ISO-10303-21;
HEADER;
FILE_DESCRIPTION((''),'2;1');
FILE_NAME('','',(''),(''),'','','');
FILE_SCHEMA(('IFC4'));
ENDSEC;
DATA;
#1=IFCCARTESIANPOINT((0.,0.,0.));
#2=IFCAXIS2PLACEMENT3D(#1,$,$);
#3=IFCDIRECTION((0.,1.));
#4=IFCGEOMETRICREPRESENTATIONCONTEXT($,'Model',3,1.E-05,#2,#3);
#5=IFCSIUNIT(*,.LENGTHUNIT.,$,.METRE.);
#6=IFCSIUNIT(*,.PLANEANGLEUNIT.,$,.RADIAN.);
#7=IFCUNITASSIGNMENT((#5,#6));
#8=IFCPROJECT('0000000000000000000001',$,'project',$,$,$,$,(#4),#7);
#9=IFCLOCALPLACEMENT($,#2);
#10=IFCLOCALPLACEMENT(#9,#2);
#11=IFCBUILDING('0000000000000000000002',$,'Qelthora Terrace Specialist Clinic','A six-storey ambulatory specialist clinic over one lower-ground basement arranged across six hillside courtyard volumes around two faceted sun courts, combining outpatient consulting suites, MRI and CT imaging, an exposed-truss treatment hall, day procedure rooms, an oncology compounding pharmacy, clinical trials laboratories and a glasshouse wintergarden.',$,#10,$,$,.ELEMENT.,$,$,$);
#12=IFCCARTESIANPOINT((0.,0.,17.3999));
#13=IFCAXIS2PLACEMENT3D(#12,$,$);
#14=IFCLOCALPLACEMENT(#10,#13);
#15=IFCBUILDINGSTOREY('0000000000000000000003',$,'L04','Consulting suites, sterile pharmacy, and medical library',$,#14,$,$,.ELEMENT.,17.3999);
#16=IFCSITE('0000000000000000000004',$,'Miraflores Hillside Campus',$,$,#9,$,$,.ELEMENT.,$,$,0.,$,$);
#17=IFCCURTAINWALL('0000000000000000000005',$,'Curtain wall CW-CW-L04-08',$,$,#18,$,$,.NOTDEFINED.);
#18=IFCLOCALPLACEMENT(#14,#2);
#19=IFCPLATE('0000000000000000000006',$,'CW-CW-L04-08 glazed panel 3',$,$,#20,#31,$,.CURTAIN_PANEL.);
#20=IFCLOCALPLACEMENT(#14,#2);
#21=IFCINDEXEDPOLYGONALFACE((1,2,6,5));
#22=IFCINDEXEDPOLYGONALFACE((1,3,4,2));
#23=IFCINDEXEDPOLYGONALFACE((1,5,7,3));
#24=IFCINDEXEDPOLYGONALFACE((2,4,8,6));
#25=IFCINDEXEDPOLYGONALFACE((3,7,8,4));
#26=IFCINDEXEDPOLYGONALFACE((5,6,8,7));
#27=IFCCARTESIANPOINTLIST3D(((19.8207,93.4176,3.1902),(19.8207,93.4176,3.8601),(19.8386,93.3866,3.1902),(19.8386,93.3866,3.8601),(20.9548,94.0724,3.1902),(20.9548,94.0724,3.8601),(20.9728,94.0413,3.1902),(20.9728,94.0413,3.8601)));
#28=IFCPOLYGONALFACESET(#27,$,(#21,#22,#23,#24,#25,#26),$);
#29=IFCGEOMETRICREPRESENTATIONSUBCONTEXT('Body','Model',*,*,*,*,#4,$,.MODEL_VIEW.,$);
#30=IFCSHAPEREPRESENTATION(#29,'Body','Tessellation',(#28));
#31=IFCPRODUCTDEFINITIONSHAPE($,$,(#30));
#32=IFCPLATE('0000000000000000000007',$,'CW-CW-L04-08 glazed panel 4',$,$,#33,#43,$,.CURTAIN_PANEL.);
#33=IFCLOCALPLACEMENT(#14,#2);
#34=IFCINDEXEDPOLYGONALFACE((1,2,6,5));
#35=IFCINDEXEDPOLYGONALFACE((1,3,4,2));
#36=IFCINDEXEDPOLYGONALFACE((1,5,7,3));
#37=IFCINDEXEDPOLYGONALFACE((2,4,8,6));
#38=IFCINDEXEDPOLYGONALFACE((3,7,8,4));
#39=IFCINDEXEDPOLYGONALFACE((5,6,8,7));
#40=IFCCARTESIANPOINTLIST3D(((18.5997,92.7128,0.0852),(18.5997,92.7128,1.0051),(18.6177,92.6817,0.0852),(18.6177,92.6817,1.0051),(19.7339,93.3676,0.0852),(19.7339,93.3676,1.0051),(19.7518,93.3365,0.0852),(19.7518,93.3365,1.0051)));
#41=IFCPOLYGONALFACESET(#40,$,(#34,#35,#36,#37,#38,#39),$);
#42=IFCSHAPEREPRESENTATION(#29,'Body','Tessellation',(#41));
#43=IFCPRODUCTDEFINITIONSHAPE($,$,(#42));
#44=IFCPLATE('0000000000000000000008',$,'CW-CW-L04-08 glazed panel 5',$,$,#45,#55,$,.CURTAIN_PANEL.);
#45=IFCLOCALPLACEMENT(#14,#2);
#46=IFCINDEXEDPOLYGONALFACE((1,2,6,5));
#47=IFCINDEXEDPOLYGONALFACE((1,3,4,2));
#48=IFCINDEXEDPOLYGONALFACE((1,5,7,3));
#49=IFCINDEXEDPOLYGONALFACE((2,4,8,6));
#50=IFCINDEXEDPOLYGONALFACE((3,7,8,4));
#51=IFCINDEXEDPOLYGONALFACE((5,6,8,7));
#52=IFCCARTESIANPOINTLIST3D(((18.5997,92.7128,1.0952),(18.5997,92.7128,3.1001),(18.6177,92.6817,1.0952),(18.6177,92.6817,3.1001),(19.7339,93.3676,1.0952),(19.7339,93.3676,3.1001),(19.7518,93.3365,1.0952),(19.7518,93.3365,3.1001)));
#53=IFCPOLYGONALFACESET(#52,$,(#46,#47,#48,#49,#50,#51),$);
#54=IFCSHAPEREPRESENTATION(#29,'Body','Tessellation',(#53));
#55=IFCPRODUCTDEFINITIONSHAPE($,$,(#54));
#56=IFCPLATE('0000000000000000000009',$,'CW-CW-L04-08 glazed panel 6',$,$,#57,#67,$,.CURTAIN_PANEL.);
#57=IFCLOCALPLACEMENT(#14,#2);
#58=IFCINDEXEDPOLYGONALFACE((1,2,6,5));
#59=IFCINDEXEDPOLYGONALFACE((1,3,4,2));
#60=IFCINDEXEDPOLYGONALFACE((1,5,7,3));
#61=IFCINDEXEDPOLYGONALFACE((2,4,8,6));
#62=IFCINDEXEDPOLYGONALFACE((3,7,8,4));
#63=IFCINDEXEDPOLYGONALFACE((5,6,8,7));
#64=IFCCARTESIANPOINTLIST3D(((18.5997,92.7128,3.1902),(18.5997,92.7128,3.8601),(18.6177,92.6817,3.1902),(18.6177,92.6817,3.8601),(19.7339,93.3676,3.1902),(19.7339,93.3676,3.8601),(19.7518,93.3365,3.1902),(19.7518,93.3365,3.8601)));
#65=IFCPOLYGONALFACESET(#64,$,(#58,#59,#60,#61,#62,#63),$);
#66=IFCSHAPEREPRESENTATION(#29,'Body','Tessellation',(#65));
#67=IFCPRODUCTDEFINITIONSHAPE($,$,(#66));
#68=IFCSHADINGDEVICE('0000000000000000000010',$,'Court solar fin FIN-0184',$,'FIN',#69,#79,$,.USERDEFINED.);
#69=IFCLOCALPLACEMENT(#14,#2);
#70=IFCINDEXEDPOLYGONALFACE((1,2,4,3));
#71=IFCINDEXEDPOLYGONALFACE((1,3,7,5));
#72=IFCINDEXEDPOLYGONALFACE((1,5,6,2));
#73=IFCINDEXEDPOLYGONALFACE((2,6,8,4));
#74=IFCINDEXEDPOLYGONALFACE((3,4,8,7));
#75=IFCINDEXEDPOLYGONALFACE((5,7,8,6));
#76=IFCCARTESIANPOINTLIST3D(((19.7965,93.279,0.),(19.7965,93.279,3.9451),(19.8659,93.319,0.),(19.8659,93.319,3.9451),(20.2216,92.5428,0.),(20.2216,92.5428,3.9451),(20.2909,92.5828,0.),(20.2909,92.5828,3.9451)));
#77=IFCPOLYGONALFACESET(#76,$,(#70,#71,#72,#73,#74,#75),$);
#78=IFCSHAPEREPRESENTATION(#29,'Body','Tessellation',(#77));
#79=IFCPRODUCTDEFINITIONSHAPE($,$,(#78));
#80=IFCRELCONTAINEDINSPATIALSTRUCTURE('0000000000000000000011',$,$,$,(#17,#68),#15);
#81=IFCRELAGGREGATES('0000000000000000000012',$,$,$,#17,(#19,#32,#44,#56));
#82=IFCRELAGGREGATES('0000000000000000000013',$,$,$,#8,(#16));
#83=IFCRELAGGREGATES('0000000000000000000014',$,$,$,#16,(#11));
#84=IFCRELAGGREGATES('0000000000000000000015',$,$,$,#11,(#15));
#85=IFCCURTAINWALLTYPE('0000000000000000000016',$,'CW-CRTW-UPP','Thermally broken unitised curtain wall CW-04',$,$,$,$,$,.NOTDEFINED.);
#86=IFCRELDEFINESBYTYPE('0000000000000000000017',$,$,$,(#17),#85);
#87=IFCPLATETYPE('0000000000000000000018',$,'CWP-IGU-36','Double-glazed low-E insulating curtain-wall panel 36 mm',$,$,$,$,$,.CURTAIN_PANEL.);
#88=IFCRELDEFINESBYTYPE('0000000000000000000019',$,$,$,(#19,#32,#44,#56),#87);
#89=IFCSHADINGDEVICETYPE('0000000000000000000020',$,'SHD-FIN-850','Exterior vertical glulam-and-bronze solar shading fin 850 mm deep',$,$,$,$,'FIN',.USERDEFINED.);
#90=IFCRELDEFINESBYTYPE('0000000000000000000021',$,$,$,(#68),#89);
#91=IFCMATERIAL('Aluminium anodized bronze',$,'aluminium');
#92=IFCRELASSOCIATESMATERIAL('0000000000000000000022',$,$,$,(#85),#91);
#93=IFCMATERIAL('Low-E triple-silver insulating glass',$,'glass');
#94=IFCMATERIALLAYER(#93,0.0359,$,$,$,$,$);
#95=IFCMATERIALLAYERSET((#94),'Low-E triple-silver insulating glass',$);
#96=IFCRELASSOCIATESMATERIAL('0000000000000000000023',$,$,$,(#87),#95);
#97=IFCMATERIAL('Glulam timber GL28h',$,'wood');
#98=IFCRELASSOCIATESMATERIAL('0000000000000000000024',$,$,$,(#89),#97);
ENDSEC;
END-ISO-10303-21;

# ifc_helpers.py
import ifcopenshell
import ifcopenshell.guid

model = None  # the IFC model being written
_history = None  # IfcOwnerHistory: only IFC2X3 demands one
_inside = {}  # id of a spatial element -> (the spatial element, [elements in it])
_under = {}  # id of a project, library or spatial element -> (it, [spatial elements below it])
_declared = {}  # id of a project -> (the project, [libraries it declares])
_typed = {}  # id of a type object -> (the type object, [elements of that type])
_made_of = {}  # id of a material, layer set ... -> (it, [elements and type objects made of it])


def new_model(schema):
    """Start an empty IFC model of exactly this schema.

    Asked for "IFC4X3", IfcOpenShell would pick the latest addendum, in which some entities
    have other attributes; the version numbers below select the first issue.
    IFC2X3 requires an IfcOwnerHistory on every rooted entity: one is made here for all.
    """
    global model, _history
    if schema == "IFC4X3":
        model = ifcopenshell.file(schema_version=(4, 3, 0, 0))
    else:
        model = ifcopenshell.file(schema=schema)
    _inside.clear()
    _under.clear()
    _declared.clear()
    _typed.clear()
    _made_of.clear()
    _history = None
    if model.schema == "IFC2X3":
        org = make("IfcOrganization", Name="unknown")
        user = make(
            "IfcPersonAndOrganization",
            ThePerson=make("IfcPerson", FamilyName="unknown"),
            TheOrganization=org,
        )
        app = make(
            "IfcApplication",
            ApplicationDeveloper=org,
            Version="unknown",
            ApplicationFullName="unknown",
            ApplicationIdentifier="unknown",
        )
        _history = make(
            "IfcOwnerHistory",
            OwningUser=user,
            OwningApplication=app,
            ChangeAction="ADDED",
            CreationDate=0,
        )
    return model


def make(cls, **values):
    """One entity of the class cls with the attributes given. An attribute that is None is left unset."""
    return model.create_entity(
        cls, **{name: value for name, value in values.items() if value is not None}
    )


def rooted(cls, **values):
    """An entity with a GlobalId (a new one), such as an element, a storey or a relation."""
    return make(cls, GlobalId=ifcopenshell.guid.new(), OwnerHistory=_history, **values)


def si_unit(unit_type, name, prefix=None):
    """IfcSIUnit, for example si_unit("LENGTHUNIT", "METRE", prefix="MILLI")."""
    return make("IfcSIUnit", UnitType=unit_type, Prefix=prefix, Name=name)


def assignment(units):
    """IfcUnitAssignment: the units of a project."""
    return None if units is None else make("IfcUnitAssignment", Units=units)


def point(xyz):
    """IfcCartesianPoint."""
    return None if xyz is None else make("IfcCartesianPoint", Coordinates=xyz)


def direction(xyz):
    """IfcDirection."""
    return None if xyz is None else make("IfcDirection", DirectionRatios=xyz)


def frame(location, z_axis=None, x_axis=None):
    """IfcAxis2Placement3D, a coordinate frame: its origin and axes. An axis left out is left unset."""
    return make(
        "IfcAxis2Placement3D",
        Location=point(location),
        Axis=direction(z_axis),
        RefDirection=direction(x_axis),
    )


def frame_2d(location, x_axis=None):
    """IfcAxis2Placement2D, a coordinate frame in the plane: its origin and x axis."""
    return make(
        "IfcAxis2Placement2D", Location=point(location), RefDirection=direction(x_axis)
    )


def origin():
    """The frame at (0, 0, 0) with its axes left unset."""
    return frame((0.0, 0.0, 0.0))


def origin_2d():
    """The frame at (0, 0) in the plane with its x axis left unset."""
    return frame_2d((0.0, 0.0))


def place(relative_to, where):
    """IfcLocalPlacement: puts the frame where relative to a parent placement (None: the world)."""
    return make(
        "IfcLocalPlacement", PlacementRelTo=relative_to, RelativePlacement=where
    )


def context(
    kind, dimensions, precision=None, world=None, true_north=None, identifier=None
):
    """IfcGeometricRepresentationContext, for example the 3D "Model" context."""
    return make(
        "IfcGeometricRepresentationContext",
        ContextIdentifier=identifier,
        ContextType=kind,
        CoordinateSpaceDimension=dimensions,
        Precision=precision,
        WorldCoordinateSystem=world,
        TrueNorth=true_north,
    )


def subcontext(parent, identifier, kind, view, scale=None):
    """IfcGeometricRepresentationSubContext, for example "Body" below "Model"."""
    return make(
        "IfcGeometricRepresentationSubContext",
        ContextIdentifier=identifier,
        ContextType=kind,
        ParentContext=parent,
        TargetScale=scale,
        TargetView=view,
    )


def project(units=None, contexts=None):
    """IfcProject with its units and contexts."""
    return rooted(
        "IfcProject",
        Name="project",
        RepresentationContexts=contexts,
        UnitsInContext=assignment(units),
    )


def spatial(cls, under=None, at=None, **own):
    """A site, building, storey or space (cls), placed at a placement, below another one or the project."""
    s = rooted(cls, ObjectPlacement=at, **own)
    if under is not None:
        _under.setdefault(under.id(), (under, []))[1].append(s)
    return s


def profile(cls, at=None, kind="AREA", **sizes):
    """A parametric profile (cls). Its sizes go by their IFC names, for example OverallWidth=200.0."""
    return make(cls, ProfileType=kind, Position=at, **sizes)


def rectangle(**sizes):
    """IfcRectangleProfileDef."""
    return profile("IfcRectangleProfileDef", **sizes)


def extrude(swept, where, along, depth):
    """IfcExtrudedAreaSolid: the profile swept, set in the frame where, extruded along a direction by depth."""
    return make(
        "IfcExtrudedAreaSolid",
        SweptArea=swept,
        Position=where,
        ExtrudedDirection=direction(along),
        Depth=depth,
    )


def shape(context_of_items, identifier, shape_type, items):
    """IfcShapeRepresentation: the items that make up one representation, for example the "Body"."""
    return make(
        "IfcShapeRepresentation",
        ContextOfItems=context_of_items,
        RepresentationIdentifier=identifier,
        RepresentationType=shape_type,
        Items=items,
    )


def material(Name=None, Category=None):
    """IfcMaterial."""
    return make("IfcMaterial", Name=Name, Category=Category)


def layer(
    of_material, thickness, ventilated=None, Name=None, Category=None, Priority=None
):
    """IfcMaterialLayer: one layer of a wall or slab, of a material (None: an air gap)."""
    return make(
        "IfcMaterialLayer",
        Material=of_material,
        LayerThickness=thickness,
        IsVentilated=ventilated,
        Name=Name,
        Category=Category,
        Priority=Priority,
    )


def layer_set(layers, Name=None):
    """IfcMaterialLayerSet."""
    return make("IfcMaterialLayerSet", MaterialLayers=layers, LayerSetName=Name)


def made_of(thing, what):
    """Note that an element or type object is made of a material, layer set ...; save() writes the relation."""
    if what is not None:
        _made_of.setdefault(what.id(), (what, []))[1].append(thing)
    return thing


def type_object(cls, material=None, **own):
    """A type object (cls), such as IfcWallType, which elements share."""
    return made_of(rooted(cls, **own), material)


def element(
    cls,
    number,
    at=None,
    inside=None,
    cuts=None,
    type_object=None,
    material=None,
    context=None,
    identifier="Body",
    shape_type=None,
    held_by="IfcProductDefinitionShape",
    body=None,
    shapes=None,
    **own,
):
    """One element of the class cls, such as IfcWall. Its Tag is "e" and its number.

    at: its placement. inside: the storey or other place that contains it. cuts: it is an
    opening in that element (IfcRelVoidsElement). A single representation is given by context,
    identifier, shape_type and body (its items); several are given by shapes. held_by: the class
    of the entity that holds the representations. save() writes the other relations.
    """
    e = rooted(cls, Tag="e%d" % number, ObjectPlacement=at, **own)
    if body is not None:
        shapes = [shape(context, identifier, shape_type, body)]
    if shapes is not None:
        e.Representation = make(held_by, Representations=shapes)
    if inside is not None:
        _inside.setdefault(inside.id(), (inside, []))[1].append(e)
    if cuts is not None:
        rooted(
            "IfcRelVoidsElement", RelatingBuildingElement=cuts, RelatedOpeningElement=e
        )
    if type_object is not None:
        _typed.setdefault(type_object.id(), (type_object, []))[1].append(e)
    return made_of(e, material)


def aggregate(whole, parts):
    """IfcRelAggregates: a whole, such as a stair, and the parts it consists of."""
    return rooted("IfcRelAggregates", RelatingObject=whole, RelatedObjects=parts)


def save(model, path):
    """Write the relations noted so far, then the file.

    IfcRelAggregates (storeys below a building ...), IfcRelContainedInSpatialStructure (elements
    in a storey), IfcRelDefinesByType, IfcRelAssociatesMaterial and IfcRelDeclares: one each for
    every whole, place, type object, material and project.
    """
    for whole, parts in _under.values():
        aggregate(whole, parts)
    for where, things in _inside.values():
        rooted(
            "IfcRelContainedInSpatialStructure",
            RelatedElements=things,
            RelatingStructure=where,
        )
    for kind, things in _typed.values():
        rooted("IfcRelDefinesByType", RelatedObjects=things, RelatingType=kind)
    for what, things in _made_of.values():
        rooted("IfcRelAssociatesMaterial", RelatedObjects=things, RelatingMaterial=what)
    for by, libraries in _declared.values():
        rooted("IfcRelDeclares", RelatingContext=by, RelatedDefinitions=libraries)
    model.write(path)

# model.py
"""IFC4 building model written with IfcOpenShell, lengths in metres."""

from ifc_helpers import new_model, si_unit, direction, frame, origin, origin_2d, place, context, subcontext, project, spatial, rectangle, extrude, material, layer, layer_set, type_object, element, aggregate, save


model = new_model("IFC4")

# Units and contexts
model_context = context("Model", 3, precision=1e-05, world=origin(), true_north=direction((0.0, 1.0)))
body_context = subcontext(model_context, "Body", "Model", "MODEL_VIEW")
ifc_project = project(units=[si_unit("LENGTHUNIT", "METRE"), si_unit("PLANEANGLEUNIT", "RADIAN")], contexts=[model_context])

# Site, building, storey
site_placement = place(None, origin())
site = spatial("IfcSite", under=ifc_project, at=site_placement, Name="Miraflores Hillside Campus", CompositionType="ELEMENT", RefElevation=0.0)
building_placement = place(site_placement, origin())
building = spatial("IfcBuilding", under=site, at=building_placement, Name="Qelthora Terrace Specialist Clinic", Description="A six-storey ambulatory specialist clinic over one lower-ground basement arranged across six hillside courtyard volumes around two faceted sun courts, combining outpatient consulting suites, MRI and CT imaging, an exposed-truss treatment hall, day procedure rooms, an oncology compounding pharmacy, clinical trials laboratories and a glasshouse wintergarden.", CompositionType="ELEMENT")
storey_placement = place(building_placement, frame((0.0, 0.0, 17.3999)))
storey = spatial("IfcBuildingStorey", under=building, at=storey_placement, Name="L04", Description="Consulting suites, sterile pharmacy, and medical library", CompositionType="ELEMENT", Elevation=17.3999)

# Curtain wall
ifc_material_1 = material(Name="Aluminium anodized bronze", Category="aluminium")
curtain_wall_type = type_object("IfcCurtainWallType", Name="CW-CRTW-UPP", Description="Thermally broken unitised curtain wall CW-04", PredefinedType="NOTDEFINED", material=ifc_material_1)
curtain_wall_1_placement = place(storey_placement, origin())
curtain_wall_1 = element("IfcCurtainWall", 1, at=curtain_wall_1_placement, inside=storey, type_object=curtain_wall_type, Name="Curtain wall CW-CW-L04-08", PredefinedType="NOTDEFINED")

# Plates
ifc_material_2 = material(Name="Low-E triple-silver insulating glass", Category="glass")
ifc_layer = layer(ifc_material_2, 0.0359)
ifc_layer_set = layer_set([ifc_layer], Name="Low-E triple-silver insulating glass")
plate_type = type_object("IfcPlateType", Name="CWP-IGU-36", Description="Double-glazed low-E insulating curtain-wall panel 36 mm", PredefinedType="CURTAIN_PANEL", material=ifc_layer_set)
plate_1_placement = place(storey_placement, frame((20.3967, 93.7295, 3.1902), z_axis=(0.0, 0.0, 1.0), x_axis=(-0.866025, -0.5, 0.0)))
plate_1 = element("IfcPlate", 2, at=plate_1_placement, type_object=plate_type, Name="CW-CW-L04-08 glazed panel 3", PredefinedType="CURTAIN_PANEL", context=body_context, shape_type="SweptSolid", body=[
    extrude(rectangle(XDim=1.3096, YDim=0.0359, at=origin_2d()), origin(), (0.0, 0.0, 1.0), 0.6699),
])
plate_2_placement = place(storey_placement, frame((19.1758, 93.0247, 0.0852), z_axis=(0.0, 0.0, 1.0), x_axis=(-0.866025, -0.5, 0.0)))
plate_2 = element("IfcPlate", 3, at=plate_2_placement, type_object=plate_type, Name="CW-CW-L04-08 glazed panel 4", PredefinedType="CURTAIN_PANEL", context=body_context, shape_type="SweptSolid", body=[
    extrude(rectangle(XDim=1.3096, YDim=0.0359, at=origin_2d()), origin(), (0.0, 0.0, 1.0), 0.9199),
])
plate_3_placement = place(storey_placement, frame((19.1758, 93.0247, 1.0952), z_axis=(0.0, 0.0, 1.0), x_axis=(-0.866025, -0.5, 0.0)))
plate_3 = element("IfcPlate", 4, at=plate_3_placement, type_object=plate_type, Name="CW-CW-L04-08 glazed panel 5", PredefinedType="CURTAIN_PANEL", context=body_context, shape_type="SweptSolid", body=[
    extrude(rectangle(XDim=1.3096, YDim=0.0359, at=origin_2d()), origin(), (0.0, 0.0, 1.0), 2.0049),
])
plate_4_placement = place(storey_placement, frame((19.1758, 93.0247, 3.1902), z_axis=(0.0, 0.0, 1.0), x_axis=(-0.866025, -0.5, 0.0)))
plate_4 = element("IfcPlate", 5, at=plate_4_placement, type_object=plate_type, Name="CW-CW-L04-08 glazed panel 6", PredefinedType="CURTAIN_PANEL", context=body_context, shape_type="SweptSolid", body=[
    extrude(rectangle(XDim=1.3096, YDim=0.0359, at=origin_2d()), origin(), (0.0, 0.0, 1.0), 0.6699),
])
aggregate(curtain_wall_1, [plate_1, plate_2, plate_3, plate_4])

# Shading device
ifc_material_3 = material(Name="Glulam timber GL28h", Category="wood")
shading_device_type = type_object("IfcShadingDeviceType", Name="SHD-FIN-850", Description="Exterior vertical glulam-and-bronze solar shading fin 850 mm deep", ElementType="FIN", PredefinedType="USERDEFINED", material=ifc_material_3)
shading_device_placement = place(storey_placement, frame((20.0437, 92.9309, 0.0), z_axis=(0.0, 0.0, 1.0), x_axis=(0.5, -0.866025, 0.0)))
element("IfcShadingDevice", 6, at=shading_device_placement, inside=storey, type_object=shading_device_type, Name="Court solar fin FIN-0184", ObjectType="FIN", PredefinedType="USERDEFINED", context=body_context, shape_type="SweptSolid", body=[
    extrude(rectangle(XDim=0.8501, YDim=0.0801, at=origin_2d()), origin(), (0.0, 0.0, 1.0), 3.9451),
])

save(model, "model.ifc")
